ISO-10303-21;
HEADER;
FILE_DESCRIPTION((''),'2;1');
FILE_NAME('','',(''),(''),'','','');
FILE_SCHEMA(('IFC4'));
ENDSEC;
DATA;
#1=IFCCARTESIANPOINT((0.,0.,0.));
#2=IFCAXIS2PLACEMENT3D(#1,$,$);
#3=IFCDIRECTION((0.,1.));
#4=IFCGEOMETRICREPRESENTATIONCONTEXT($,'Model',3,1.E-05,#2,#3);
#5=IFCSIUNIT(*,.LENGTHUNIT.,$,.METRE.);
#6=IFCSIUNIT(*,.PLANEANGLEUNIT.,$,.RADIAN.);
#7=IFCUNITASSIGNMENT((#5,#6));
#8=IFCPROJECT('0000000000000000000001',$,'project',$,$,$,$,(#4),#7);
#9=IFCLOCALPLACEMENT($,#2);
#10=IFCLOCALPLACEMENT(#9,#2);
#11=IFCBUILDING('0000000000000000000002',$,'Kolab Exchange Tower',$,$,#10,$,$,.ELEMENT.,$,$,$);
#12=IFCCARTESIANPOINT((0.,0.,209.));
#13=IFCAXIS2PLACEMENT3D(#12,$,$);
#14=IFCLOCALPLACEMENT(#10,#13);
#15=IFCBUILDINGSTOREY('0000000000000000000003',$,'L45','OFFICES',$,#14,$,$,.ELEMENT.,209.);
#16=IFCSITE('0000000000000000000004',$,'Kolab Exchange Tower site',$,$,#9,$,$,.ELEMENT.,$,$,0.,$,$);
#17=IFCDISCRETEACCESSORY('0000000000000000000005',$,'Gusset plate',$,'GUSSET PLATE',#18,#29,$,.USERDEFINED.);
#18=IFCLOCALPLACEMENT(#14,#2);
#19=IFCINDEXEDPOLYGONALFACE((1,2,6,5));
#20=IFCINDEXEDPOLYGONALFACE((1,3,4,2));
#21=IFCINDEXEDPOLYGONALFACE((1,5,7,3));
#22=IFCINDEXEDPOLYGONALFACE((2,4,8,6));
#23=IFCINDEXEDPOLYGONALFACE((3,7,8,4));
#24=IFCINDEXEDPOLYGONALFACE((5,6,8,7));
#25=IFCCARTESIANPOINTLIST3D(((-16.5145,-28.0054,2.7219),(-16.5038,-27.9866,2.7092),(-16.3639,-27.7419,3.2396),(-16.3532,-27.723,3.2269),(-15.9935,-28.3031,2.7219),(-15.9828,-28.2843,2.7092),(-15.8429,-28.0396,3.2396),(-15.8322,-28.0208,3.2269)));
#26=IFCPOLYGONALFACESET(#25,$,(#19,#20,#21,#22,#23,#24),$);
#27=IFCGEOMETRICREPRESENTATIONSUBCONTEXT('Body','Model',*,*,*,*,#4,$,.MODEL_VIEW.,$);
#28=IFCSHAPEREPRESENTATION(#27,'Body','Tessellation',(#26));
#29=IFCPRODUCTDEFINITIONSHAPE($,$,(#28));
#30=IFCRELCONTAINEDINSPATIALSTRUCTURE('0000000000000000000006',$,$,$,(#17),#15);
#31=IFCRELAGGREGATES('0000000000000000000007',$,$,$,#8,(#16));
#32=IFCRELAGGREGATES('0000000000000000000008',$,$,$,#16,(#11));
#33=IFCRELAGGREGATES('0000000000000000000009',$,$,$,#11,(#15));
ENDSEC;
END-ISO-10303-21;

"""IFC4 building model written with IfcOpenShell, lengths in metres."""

from ifc_helpers import new_model, si_unit, direction, frame, origin, origin_2d, place, context, subcontext, project, spatial, rectangle, extrude, element, save


model = new_model("IFC4")

# Units and contexts
model_context = context("Model", 3, precision=1e-05, world=origin(), true_north=direction((0.0, 1.0)))
body_context = subcontext(model_context, "Body", "Model", "MODEL_VIEW")
ifc_project = project(units=[si_unit("LENGTHUNIT", "METRE"), si_unit("PLANEANGLEUNIT", "RADIAN")], contexts=[model_context])

# Site, building, storey
site_placement = place(None, origin())
site = spatial("IfcSite", under=ifc_project, at=site_placement, Name="Kolab Exchange Tower site", CompositionType="ELEMENT", RefElevation=0.0)
building_placement = place(site_placement, origin())
building = spatial("IfcBuilding", under=site, at=building_placement, Name="Kolab Exchange Tower", CompositionType="ELEMENT")
storey_placement = place(building_placement, frame((0.0, 0.0, 209.0)))
storey = spatial("IfcBuildingStorey", under=building, at=storey_placement, Name="L45", Description="OFFICES", CompositionType="ELEMENT", Elevation=209.0)

# Discrete accessory
discrete_accessory_placement = place(storey_placement, frame((-16.168, -28.0037, 2.968), z_axis=(-0.427992, -0.748986, 0.505809), x_axis=(0.868243, -0.496139, 0.0)))
element("IfcDiscreteAccessory", 1, at=discrete_accessory_placement, inside=storey, Name="Gusset plate", ObjectType="GUSSET PLATE", PredefinedType="USERDEFINED", context=body_context, shape_type="SweptSolid", body=[
    extrude(rectangle(XDim=0.6001, YDim=0.6001, at=origin_2d()), origin(), (0.0, 0.0, 1.0), 0.0251),
])

save(model, "model.ifc")
